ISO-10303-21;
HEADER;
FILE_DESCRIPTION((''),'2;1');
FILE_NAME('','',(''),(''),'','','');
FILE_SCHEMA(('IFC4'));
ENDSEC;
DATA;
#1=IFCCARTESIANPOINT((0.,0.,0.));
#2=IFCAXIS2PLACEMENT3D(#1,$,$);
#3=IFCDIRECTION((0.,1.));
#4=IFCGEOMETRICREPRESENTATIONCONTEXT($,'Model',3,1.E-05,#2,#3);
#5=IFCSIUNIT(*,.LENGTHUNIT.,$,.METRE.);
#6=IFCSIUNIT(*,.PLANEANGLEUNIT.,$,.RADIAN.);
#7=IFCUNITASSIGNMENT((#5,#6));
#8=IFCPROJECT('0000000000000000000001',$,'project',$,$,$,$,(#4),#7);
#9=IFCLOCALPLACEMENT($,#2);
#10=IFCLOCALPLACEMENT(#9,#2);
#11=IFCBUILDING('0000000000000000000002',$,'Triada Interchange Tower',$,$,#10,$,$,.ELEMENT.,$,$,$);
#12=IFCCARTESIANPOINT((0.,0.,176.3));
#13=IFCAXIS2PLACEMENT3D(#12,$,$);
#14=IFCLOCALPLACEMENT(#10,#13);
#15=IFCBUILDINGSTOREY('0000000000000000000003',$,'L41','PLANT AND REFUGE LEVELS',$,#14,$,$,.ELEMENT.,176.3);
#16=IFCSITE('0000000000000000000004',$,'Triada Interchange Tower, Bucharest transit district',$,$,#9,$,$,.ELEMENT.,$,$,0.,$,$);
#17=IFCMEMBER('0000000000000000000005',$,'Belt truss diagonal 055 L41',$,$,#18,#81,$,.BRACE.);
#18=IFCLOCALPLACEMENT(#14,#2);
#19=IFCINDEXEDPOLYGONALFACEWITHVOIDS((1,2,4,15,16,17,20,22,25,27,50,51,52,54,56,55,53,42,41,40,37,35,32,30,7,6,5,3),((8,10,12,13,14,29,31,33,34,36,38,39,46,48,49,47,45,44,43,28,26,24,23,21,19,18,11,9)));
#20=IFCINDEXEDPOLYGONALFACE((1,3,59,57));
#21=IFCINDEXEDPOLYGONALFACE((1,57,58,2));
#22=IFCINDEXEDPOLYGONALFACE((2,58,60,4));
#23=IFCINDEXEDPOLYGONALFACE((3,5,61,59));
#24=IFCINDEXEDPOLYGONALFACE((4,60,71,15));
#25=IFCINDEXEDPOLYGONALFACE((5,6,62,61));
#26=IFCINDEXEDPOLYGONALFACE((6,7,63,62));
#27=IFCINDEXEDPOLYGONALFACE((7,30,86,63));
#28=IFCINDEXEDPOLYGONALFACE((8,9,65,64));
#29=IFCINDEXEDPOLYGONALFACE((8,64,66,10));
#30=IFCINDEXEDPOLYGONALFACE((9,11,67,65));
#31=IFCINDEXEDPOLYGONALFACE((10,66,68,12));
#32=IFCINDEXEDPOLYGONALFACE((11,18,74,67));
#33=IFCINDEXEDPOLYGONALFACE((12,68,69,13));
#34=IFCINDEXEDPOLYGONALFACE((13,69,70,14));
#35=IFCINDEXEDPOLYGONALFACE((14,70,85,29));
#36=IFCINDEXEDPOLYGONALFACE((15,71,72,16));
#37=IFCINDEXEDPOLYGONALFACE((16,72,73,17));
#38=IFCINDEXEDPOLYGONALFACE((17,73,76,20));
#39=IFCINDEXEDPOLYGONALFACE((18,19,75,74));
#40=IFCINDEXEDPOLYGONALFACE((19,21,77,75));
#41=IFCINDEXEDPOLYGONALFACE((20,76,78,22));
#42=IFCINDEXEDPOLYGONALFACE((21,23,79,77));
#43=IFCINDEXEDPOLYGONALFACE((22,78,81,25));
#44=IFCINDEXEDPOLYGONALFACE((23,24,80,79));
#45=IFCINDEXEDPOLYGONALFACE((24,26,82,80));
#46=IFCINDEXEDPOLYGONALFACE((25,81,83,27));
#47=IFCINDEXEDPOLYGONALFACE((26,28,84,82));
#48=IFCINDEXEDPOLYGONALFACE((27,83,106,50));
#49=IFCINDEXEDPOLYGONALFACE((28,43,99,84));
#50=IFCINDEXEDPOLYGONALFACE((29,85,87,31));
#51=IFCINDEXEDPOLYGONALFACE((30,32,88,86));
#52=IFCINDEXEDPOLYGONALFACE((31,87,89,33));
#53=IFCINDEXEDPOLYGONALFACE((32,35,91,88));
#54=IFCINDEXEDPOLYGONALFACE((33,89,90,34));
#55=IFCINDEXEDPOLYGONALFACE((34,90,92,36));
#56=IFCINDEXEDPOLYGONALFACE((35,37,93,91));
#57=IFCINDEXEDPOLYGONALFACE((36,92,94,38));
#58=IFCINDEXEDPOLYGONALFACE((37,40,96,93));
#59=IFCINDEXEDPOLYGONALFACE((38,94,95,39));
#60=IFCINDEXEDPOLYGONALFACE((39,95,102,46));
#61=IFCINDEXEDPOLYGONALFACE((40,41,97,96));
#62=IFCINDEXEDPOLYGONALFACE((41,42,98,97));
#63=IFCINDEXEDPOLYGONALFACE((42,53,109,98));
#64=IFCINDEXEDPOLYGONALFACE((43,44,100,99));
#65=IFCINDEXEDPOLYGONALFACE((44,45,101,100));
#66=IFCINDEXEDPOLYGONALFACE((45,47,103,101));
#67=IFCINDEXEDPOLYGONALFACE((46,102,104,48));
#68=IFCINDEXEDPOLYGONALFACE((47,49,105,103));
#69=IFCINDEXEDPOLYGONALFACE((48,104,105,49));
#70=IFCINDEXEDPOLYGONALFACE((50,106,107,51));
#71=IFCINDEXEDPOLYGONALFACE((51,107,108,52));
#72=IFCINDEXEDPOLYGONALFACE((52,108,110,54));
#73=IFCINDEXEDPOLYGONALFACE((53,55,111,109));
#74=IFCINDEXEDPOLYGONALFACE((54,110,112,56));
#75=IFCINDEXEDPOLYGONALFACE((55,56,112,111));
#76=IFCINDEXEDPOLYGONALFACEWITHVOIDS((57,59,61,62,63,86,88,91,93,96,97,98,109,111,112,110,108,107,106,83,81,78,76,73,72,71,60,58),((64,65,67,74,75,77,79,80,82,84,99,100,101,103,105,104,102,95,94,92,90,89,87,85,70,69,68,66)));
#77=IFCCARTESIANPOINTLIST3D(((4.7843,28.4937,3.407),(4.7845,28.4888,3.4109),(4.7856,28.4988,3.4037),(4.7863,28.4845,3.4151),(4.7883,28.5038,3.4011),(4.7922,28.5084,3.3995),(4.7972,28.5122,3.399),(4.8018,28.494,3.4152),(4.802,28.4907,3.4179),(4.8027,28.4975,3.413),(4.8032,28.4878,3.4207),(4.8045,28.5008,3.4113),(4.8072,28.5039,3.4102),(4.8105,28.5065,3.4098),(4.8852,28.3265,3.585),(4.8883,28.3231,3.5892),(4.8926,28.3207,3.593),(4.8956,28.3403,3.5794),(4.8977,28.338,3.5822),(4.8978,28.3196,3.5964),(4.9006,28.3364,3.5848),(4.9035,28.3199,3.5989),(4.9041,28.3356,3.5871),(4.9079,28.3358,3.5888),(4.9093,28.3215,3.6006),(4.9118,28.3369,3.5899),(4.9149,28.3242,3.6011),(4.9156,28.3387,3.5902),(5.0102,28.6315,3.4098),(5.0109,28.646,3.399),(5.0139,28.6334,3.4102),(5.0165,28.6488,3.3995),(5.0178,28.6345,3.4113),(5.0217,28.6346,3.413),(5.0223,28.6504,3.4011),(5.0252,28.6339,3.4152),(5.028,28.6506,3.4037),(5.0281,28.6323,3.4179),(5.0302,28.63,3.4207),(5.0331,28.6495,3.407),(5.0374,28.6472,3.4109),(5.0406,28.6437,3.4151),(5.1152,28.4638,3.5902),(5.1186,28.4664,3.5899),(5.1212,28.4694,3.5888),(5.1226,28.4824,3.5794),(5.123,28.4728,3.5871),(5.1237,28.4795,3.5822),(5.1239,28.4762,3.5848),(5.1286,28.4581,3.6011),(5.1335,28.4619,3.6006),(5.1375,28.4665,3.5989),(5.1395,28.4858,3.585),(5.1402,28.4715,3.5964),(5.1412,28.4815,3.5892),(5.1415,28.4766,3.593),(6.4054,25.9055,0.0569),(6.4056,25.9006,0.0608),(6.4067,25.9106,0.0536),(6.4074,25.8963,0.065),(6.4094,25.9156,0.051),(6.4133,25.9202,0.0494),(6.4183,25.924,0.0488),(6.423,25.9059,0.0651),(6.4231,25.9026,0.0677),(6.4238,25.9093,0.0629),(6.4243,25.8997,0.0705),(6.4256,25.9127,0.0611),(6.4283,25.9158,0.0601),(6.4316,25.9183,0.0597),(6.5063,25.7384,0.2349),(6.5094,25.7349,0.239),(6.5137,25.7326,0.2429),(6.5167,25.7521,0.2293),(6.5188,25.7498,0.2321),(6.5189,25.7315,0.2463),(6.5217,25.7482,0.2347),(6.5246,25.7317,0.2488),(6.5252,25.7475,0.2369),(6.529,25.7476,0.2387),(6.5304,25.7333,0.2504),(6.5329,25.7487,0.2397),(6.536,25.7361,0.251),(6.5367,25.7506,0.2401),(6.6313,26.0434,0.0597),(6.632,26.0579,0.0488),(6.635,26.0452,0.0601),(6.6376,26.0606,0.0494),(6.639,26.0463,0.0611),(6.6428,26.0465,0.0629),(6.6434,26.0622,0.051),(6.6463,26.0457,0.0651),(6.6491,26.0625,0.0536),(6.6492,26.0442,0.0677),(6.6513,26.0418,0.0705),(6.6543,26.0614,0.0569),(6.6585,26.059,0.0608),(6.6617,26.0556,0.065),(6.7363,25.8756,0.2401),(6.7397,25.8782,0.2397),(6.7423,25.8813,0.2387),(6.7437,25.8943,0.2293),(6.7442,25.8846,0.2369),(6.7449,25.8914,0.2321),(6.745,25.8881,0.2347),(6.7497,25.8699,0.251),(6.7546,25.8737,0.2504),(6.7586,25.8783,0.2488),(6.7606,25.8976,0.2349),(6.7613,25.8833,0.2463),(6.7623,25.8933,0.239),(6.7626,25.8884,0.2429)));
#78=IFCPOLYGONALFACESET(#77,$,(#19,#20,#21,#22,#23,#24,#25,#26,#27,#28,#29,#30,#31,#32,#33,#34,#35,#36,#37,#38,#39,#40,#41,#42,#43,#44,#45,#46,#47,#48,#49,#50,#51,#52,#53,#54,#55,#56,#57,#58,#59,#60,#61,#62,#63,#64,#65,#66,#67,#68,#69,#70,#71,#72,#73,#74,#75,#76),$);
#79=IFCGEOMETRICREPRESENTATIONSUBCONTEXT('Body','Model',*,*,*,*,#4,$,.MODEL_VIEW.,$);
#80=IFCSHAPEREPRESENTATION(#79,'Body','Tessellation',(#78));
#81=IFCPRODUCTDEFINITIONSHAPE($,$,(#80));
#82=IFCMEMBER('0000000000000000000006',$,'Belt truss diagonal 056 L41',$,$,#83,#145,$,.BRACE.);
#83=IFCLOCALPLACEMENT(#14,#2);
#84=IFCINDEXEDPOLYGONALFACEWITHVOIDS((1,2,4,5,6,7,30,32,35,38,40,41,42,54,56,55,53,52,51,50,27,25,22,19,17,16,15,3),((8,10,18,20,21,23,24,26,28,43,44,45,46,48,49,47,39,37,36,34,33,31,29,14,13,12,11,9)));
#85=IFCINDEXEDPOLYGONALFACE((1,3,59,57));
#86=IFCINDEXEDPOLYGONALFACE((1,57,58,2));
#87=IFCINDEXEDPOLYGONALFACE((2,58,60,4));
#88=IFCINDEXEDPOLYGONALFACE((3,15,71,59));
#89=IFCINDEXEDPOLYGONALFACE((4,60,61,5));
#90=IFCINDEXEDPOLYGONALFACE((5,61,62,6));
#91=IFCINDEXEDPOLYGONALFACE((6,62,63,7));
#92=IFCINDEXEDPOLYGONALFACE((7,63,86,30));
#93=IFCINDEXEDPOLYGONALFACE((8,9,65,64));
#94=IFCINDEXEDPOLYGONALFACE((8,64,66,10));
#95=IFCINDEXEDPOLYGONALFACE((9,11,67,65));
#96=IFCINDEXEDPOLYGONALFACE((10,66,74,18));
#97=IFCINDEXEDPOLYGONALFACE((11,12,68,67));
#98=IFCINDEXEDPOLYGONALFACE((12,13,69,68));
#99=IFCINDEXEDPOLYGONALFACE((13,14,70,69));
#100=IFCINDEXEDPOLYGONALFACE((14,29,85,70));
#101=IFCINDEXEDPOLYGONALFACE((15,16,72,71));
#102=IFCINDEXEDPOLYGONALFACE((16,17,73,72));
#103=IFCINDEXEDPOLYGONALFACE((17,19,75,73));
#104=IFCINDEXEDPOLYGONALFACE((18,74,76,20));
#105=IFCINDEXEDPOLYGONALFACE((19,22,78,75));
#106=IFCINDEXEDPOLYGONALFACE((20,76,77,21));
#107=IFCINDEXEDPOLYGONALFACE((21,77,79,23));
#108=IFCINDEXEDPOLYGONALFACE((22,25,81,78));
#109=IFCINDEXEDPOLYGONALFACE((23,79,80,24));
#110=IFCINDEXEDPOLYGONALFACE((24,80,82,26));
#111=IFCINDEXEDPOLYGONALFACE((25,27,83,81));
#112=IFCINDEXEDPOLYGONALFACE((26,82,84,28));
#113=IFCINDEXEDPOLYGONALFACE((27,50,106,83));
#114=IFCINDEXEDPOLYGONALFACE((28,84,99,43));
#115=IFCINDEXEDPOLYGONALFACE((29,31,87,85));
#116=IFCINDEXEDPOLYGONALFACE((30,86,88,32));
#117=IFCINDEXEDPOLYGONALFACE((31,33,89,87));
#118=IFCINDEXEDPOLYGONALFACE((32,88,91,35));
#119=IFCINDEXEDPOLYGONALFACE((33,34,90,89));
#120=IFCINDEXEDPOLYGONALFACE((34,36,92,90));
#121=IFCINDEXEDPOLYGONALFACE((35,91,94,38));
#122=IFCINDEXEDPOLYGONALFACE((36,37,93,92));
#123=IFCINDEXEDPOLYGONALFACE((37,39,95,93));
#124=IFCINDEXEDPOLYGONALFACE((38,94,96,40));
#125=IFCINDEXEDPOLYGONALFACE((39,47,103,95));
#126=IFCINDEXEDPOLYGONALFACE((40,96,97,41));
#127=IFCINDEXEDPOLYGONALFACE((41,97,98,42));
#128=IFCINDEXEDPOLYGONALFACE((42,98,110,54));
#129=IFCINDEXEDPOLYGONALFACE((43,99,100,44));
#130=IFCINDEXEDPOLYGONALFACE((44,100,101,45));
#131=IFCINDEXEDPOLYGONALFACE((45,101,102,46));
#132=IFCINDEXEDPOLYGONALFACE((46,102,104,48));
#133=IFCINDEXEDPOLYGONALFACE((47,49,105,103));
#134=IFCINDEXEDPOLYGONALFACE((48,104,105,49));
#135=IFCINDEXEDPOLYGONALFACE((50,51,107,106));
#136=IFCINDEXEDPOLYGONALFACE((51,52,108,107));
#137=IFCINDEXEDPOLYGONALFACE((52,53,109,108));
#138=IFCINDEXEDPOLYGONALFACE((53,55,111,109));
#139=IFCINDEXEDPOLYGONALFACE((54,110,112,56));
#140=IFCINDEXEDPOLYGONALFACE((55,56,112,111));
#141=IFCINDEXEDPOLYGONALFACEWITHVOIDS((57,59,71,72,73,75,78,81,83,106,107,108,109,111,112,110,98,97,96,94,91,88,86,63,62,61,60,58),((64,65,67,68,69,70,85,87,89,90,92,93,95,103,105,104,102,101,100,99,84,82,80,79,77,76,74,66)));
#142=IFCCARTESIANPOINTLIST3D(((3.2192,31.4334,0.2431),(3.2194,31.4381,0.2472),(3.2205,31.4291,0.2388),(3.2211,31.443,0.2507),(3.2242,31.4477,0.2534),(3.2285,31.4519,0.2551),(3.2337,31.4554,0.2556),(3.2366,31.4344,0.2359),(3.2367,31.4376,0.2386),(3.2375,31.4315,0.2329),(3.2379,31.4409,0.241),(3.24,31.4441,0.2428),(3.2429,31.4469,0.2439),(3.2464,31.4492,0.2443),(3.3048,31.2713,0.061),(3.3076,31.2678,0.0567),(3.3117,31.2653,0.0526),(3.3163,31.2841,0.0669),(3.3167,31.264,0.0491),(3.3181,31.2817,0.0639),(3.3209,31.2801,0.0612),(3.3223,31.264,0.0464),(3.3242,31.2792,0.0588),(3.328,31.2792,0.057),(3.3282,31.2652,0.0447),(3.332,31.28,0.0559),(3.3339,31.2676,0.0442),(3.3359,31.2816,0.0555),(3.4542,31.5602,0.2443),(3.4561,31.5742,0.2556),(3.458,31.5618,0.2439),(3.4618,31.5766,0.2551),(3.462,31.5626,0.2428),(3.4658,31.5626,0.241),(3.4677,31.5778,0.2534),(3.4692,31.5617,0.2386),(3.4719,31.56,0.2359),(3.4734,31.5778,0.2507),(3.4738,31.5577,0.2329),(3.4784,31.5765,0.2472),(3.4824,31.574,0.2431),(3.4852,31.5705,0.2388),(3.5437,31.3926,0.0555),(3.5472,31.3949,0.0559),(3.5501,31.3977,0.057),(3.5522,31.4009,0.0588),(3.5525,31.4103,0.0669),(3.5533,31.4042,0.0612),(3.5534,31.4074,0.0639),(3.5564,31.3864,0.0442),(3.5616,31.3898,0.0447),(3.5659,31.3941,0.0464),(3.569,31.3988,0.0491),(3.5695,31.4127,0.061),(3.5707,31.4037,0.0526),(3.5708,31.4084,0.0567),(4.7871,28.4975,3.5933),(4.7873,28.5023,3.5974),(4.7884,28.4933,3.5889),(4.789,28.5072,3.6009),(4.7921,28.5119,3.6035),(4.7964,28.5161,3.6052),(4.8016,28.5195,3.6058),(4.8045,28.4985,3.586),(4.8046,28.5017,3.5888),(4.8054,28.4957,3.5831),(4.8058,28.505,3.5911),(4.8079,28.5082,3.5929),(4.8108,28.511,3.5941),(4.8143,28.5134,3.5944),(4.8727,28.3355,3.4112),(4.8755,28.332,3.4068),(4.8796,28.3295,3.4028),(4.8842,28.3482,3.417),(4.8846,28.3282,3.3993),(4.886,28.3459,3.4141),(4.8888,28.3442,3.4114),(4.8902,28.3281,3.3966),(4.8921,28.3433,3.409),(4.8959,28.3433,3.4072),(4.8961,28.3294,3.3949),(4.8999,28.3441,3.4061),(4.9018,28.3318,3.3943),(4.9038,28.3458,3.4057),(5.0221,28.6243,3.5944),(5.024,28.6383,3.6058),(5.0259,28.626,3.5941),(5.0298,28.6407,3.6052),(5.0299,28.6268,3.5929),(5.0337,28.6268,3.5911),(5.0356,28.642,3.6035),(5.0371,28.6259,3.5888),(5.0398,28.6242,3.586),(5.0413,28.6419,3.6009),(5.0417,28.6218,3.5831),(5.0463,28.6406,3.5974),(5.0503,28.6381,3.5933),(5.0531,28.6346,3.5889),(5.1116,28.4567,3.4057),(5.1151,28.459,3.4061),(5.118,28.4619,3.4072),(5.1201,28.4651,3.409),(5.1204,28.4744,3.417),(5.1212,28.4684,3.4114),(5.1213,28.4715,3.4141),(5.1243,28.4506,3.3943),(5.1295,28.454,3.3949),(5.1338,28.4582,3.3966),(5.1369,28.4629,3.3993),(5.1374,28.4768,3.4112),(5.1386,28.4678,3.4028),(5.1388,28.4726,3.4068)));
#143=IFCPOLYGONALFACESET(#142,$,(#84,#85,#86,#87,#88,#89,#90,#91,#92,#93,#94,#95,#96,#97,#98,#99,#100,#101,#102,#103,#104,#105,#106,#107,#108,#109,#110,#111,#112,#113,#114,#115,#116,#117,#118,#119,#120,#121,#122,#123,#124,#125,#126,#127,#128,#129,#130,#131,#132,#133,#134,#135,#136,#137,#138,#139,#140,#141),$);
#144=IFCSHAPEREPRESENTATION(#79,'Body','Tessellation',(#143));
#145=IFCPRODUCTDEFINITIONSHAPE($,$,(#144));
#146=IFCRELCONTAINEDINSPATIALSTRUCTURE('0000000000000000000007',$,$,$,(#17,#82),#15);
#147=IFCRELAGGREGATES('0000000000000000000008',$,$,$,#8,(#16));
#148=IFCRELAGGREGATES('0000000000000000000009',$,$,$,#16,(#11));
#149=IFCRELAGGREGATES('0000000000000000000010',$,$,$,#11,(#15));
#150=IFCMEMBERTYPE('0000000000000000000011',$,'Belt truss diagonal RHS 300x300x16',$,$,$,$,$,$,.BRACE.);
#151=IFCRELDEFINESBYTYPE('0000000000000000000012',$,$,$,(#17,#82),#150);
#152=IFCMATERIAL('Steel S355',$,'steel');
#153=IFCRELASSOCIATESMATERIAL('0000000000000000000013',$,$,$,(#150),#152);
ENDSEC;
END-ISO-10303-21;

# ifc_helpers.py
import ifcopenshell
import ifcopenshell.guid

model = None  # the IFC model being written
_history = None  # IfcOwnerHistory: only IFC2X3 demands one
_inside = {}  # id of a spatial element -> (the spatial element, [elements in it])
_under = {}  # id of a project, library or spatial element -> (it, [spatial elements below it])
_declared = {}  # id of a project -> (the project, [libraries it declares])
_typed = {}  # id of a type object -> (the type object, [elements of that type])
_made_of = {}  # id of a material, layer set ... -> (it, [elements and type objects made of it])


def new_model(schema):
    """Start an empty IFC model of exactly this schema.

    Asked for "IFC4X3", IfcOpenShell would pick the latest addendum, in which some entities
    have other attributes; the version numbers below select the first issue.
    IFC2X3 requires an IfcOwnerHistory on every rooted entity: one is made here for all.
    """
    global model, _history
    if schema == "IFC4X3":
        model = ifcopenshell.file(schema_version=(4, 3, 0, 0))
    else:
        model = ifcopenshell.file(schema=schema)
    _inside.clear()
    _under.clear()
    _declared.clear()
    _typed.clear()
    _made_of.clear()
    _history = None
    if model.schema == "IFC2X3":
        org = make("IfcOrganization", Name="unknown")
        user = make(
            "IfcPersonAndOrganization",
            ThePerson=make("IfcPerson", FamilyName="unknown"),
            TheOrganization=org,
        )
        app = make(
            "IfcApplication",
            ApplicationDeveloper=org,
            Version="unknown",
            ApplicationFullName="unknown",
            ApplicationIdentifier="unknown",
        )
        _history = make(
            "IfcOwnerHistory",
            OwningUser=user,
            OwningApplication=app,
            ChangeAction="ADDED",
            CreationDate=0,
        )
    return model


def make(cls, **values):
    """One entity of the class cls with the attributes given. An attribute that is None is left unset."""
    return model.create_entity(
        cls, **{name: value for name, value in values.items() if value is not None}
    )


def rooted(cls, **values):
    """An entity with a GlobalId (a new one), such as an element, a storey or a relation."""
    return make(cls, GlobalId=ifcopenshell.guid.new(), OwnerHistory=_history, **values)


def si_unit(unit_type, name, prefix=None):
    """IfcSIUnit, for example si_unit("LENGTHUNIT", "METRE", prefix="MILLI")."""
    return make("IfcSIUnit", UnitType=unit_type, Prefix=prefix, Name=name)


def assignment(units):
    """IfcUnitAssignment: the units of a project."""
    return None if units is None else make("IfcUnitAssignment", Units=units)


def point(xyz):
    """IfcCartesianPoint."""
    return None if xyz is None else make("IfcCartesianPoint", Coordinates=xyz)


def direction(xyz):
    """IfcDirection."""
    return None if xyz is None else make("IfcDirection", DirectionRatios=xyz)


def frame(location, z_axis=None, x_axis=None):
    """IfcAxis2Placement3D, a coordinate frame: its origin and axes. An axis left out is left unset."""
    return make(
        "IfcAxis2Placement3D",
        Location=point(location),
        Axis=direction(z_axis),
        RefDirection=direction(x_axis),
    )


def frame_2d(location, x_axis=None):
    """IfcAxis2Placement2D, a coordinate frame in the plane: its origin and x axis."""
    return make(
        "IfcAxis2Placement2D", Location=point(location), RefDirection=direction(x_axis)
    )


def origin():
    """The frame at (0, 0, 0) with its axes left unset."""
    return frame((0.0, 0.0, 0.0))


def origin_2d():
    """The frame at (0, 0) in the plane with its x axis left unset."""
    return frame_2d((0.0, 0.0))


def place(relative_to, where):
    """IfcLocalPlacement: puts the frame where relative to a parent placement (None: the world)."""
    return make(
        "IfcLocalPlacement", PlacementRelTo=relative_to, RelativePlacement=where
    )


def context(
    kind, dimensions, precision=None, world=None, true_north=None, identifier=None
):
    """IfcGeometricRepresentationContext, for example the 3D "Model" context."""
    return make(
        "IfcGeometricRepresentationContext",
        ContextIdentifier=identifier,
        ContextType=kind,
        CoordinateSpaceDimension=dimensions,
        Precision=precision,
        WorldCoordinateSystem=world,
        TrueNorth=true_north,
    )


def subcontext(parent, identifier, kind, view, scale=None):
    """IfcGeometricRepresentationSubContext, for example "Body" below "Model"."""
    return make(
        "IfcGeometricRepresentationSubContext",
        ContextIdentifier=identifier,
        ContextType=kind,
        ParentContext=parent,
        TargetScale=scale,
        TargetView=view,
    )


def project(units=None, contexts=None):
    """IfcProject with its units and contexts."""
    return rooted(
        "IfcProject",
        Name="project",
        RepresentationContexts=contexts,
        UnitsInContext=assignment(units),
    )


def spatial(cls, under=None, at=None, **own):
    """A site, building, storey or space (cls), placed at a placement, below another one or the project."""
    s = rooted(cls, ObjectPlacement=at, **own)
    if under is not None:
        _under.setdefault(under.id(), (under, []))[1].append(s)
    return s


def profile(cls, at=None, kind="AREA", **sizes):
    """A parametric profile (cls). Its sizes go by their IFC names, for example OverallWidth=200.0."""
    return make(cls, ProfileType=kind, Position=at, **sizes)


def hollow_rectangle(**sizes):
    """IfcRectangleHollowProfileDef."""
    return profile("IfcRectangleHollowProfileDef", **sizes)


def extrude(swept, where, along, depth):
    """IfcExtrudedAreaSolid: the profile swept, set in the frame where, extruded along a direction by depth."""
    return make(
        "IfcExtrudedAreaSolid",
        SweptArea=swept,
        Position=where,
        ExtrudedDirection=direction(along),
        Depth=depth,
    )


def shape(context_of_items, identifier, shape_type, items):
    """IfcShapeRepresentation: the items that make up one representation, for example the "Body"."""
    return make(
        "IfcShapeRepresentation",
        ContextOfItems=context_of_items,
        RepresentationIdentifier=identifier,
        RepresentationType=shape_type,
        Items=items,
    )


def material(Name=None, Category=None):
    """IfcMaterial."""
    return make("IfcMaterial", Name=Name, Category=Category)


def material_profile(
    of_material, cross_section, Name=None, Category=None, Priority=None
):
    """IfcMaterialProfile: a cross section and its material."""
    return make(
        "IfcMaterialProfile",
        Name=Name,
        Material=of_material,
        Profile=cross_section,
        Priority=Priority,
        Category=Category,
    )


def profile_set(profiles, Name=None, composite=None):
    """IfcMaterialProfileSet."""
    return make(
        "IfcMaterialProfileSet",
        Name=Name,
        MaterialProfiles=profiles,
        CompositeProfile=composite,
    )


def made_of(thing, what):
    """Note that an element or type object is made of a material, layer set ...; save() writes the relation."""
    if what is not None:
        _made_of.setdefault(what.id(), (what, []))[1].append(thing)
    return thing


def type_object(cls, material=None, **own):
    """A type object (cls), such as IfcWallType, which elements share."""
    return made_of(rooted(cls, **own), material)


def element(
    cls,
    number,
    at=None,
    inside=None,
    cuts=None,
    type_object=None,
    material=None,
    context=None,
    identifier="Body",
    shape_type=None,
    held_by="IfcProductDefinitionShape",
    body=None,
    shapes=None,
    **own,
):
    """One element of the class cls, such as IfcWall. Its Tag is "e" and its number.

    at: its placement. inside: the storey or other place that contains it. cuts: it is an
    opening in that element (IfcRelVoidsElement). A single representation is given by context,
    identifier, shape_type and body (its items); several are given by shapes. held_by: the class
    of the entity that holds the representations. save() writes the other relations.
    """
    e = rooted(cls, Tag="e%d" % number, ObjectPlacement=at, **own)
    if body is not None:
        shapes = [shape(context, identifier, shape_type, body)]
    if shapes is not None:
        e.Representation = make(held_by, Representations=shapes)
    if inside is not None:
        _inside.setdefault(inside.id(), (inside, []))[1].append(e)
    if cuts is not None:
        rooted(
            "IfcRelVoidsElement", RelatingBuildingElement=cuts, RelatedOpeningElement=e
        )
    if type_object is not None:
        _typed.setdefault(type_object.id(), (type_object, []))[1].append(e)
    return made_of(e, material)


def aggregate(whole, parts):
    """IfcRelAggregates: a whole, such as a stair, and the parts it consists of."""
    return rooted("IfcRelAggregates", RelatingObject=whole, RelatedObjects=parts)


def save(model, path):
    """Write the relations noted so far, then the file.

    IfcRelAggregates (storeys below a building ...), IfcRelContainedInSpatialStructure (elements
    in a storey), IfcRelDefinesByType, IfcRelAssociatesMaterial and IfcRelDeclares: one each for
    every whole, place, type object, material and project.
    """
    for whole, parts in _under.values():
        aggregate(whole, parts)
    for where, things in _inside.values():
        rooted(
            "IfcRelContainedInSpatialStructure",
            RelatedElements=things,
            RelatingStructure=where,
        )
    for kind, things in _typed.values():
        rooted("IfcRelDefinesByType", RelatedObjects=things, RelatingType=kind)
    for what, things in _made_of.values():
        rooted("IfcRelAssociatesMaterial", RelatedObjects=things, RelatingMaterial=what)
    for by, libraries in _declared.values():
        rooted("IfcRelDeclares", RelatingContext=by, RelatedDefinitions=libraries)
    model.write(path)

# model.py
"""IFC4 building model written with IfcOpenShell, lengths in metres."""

from ifc_helpers import new_model, si_unit, direction, frame, origin, origin_2d, place, context, subcontext, project, spatial, hollow_rectangle, extrude, material, material_profile, profile_set, type_object, element, save


model = new_model("IFC4")

# Units and contexts
model_context = context("Model", 3, precision=1e-05, world=origin(), true_north=direction((0.0, 1.0)))
body_context = subcontext(model_context, "Body", "Model", "MODEL_VIEW")
ifc_project = project(units=[si_unit("LENGTHUNIT", "METRE"), si_unit("PLANEANGLEUNIT", "RADIAN")], contexts=[model_context])

# Site, building, storey
site_placement = place(None, origin())
site = spatial("IfcSite", under=ifc_project, at=site_placement, Name="Triada Interchange Tower, Bucharest transit district", CompositionType="ELEMENT", RefElevation=0.0)
building_placement = place(site_placement, origin())
building = spatial("IfcBuilding", under=site, at=building_placement, Name="Triada Interchange Tower", CompositionType="ELEMENT")
storey_placement = place(building_placement, frame((0.0, 0.0, 176.3)))
storey = spatial("IfcBuildingStorey", under=building, at=storey_placement, Name="L41", Description="PLANT AND REFUGE LEVELS", CompositionType="ELEMENT", Elevation=176.3)

# Members
ifc_material_1 = material(Name="Steel S355", Category="steel")
ifc_material_profile_1 = material_profile(ifc_material_1, hollow_rectangle(XDim=0.3, YDim=0.3, WallThickness=0.0161, InnerFilletRadius=0.0161, OuterFilletRadius=0.0239, at=origin_2d()), Name="RHS 300x300x16")
ifc_profile_set_1 = profile_set([ifc_material_profile_1], Name="Steel S355")
member_type_1 = type_object("IfcMemberType", Name="Belt truss diagonal RHS 300x300x16", PredefinedType="BRACE", material=ifc_profile_set_1)
member_1_placement = place(storey_placement, frame((6.584, 25.897, 0.1499), z_axis=(-0.357608, 0.570934, 0.73902), x_axis=(-0.847481, -0.530825, 0.0)))
element("IfcMember", 1, at=member_1_placement, inside=storey, type_object=member_type_1, Name="Belt truss diagonal 055 L41", PredefinedType="BRACE", context=body_context, shape_type="SweptSolid", body=[
    extrude(hollow_rectangle(XDim=0.3, YDim=0.3, WallThickness=0.0161, InnerFilletRadius=0.0161, OuterFilletRadius=0.0239, at=origin_2d()), origin(), (0.0, 0.0, 1.0), 4.5332),
])
member_2_placement = place(storey_placement, frame((3.395, 31.4209, 0.1499), z_axis=(0.332013, -0.621685, 0.709419), x_axis=(0.882089, 0.471083, 0.0)))
element("IfcMember", 2, at=member_2_placement, inside=storey, type_object=member_type_1, Name="Belt truss diagonal 056 L41", PredefinedType="BRACE", context=body_context, shape_type="SweptSolid", body=[
    extrude(hollow_rectangle(XDim=0.3, YDim=0.3, WallThickness=0.0161, InnerFilletRadius=0.0161, OuterFilletRadius=0.0239, at=origin_2d()), origin(), (0.0, 0.0, 1.0), 4.7224),
])

save(model, "model.ifc")
